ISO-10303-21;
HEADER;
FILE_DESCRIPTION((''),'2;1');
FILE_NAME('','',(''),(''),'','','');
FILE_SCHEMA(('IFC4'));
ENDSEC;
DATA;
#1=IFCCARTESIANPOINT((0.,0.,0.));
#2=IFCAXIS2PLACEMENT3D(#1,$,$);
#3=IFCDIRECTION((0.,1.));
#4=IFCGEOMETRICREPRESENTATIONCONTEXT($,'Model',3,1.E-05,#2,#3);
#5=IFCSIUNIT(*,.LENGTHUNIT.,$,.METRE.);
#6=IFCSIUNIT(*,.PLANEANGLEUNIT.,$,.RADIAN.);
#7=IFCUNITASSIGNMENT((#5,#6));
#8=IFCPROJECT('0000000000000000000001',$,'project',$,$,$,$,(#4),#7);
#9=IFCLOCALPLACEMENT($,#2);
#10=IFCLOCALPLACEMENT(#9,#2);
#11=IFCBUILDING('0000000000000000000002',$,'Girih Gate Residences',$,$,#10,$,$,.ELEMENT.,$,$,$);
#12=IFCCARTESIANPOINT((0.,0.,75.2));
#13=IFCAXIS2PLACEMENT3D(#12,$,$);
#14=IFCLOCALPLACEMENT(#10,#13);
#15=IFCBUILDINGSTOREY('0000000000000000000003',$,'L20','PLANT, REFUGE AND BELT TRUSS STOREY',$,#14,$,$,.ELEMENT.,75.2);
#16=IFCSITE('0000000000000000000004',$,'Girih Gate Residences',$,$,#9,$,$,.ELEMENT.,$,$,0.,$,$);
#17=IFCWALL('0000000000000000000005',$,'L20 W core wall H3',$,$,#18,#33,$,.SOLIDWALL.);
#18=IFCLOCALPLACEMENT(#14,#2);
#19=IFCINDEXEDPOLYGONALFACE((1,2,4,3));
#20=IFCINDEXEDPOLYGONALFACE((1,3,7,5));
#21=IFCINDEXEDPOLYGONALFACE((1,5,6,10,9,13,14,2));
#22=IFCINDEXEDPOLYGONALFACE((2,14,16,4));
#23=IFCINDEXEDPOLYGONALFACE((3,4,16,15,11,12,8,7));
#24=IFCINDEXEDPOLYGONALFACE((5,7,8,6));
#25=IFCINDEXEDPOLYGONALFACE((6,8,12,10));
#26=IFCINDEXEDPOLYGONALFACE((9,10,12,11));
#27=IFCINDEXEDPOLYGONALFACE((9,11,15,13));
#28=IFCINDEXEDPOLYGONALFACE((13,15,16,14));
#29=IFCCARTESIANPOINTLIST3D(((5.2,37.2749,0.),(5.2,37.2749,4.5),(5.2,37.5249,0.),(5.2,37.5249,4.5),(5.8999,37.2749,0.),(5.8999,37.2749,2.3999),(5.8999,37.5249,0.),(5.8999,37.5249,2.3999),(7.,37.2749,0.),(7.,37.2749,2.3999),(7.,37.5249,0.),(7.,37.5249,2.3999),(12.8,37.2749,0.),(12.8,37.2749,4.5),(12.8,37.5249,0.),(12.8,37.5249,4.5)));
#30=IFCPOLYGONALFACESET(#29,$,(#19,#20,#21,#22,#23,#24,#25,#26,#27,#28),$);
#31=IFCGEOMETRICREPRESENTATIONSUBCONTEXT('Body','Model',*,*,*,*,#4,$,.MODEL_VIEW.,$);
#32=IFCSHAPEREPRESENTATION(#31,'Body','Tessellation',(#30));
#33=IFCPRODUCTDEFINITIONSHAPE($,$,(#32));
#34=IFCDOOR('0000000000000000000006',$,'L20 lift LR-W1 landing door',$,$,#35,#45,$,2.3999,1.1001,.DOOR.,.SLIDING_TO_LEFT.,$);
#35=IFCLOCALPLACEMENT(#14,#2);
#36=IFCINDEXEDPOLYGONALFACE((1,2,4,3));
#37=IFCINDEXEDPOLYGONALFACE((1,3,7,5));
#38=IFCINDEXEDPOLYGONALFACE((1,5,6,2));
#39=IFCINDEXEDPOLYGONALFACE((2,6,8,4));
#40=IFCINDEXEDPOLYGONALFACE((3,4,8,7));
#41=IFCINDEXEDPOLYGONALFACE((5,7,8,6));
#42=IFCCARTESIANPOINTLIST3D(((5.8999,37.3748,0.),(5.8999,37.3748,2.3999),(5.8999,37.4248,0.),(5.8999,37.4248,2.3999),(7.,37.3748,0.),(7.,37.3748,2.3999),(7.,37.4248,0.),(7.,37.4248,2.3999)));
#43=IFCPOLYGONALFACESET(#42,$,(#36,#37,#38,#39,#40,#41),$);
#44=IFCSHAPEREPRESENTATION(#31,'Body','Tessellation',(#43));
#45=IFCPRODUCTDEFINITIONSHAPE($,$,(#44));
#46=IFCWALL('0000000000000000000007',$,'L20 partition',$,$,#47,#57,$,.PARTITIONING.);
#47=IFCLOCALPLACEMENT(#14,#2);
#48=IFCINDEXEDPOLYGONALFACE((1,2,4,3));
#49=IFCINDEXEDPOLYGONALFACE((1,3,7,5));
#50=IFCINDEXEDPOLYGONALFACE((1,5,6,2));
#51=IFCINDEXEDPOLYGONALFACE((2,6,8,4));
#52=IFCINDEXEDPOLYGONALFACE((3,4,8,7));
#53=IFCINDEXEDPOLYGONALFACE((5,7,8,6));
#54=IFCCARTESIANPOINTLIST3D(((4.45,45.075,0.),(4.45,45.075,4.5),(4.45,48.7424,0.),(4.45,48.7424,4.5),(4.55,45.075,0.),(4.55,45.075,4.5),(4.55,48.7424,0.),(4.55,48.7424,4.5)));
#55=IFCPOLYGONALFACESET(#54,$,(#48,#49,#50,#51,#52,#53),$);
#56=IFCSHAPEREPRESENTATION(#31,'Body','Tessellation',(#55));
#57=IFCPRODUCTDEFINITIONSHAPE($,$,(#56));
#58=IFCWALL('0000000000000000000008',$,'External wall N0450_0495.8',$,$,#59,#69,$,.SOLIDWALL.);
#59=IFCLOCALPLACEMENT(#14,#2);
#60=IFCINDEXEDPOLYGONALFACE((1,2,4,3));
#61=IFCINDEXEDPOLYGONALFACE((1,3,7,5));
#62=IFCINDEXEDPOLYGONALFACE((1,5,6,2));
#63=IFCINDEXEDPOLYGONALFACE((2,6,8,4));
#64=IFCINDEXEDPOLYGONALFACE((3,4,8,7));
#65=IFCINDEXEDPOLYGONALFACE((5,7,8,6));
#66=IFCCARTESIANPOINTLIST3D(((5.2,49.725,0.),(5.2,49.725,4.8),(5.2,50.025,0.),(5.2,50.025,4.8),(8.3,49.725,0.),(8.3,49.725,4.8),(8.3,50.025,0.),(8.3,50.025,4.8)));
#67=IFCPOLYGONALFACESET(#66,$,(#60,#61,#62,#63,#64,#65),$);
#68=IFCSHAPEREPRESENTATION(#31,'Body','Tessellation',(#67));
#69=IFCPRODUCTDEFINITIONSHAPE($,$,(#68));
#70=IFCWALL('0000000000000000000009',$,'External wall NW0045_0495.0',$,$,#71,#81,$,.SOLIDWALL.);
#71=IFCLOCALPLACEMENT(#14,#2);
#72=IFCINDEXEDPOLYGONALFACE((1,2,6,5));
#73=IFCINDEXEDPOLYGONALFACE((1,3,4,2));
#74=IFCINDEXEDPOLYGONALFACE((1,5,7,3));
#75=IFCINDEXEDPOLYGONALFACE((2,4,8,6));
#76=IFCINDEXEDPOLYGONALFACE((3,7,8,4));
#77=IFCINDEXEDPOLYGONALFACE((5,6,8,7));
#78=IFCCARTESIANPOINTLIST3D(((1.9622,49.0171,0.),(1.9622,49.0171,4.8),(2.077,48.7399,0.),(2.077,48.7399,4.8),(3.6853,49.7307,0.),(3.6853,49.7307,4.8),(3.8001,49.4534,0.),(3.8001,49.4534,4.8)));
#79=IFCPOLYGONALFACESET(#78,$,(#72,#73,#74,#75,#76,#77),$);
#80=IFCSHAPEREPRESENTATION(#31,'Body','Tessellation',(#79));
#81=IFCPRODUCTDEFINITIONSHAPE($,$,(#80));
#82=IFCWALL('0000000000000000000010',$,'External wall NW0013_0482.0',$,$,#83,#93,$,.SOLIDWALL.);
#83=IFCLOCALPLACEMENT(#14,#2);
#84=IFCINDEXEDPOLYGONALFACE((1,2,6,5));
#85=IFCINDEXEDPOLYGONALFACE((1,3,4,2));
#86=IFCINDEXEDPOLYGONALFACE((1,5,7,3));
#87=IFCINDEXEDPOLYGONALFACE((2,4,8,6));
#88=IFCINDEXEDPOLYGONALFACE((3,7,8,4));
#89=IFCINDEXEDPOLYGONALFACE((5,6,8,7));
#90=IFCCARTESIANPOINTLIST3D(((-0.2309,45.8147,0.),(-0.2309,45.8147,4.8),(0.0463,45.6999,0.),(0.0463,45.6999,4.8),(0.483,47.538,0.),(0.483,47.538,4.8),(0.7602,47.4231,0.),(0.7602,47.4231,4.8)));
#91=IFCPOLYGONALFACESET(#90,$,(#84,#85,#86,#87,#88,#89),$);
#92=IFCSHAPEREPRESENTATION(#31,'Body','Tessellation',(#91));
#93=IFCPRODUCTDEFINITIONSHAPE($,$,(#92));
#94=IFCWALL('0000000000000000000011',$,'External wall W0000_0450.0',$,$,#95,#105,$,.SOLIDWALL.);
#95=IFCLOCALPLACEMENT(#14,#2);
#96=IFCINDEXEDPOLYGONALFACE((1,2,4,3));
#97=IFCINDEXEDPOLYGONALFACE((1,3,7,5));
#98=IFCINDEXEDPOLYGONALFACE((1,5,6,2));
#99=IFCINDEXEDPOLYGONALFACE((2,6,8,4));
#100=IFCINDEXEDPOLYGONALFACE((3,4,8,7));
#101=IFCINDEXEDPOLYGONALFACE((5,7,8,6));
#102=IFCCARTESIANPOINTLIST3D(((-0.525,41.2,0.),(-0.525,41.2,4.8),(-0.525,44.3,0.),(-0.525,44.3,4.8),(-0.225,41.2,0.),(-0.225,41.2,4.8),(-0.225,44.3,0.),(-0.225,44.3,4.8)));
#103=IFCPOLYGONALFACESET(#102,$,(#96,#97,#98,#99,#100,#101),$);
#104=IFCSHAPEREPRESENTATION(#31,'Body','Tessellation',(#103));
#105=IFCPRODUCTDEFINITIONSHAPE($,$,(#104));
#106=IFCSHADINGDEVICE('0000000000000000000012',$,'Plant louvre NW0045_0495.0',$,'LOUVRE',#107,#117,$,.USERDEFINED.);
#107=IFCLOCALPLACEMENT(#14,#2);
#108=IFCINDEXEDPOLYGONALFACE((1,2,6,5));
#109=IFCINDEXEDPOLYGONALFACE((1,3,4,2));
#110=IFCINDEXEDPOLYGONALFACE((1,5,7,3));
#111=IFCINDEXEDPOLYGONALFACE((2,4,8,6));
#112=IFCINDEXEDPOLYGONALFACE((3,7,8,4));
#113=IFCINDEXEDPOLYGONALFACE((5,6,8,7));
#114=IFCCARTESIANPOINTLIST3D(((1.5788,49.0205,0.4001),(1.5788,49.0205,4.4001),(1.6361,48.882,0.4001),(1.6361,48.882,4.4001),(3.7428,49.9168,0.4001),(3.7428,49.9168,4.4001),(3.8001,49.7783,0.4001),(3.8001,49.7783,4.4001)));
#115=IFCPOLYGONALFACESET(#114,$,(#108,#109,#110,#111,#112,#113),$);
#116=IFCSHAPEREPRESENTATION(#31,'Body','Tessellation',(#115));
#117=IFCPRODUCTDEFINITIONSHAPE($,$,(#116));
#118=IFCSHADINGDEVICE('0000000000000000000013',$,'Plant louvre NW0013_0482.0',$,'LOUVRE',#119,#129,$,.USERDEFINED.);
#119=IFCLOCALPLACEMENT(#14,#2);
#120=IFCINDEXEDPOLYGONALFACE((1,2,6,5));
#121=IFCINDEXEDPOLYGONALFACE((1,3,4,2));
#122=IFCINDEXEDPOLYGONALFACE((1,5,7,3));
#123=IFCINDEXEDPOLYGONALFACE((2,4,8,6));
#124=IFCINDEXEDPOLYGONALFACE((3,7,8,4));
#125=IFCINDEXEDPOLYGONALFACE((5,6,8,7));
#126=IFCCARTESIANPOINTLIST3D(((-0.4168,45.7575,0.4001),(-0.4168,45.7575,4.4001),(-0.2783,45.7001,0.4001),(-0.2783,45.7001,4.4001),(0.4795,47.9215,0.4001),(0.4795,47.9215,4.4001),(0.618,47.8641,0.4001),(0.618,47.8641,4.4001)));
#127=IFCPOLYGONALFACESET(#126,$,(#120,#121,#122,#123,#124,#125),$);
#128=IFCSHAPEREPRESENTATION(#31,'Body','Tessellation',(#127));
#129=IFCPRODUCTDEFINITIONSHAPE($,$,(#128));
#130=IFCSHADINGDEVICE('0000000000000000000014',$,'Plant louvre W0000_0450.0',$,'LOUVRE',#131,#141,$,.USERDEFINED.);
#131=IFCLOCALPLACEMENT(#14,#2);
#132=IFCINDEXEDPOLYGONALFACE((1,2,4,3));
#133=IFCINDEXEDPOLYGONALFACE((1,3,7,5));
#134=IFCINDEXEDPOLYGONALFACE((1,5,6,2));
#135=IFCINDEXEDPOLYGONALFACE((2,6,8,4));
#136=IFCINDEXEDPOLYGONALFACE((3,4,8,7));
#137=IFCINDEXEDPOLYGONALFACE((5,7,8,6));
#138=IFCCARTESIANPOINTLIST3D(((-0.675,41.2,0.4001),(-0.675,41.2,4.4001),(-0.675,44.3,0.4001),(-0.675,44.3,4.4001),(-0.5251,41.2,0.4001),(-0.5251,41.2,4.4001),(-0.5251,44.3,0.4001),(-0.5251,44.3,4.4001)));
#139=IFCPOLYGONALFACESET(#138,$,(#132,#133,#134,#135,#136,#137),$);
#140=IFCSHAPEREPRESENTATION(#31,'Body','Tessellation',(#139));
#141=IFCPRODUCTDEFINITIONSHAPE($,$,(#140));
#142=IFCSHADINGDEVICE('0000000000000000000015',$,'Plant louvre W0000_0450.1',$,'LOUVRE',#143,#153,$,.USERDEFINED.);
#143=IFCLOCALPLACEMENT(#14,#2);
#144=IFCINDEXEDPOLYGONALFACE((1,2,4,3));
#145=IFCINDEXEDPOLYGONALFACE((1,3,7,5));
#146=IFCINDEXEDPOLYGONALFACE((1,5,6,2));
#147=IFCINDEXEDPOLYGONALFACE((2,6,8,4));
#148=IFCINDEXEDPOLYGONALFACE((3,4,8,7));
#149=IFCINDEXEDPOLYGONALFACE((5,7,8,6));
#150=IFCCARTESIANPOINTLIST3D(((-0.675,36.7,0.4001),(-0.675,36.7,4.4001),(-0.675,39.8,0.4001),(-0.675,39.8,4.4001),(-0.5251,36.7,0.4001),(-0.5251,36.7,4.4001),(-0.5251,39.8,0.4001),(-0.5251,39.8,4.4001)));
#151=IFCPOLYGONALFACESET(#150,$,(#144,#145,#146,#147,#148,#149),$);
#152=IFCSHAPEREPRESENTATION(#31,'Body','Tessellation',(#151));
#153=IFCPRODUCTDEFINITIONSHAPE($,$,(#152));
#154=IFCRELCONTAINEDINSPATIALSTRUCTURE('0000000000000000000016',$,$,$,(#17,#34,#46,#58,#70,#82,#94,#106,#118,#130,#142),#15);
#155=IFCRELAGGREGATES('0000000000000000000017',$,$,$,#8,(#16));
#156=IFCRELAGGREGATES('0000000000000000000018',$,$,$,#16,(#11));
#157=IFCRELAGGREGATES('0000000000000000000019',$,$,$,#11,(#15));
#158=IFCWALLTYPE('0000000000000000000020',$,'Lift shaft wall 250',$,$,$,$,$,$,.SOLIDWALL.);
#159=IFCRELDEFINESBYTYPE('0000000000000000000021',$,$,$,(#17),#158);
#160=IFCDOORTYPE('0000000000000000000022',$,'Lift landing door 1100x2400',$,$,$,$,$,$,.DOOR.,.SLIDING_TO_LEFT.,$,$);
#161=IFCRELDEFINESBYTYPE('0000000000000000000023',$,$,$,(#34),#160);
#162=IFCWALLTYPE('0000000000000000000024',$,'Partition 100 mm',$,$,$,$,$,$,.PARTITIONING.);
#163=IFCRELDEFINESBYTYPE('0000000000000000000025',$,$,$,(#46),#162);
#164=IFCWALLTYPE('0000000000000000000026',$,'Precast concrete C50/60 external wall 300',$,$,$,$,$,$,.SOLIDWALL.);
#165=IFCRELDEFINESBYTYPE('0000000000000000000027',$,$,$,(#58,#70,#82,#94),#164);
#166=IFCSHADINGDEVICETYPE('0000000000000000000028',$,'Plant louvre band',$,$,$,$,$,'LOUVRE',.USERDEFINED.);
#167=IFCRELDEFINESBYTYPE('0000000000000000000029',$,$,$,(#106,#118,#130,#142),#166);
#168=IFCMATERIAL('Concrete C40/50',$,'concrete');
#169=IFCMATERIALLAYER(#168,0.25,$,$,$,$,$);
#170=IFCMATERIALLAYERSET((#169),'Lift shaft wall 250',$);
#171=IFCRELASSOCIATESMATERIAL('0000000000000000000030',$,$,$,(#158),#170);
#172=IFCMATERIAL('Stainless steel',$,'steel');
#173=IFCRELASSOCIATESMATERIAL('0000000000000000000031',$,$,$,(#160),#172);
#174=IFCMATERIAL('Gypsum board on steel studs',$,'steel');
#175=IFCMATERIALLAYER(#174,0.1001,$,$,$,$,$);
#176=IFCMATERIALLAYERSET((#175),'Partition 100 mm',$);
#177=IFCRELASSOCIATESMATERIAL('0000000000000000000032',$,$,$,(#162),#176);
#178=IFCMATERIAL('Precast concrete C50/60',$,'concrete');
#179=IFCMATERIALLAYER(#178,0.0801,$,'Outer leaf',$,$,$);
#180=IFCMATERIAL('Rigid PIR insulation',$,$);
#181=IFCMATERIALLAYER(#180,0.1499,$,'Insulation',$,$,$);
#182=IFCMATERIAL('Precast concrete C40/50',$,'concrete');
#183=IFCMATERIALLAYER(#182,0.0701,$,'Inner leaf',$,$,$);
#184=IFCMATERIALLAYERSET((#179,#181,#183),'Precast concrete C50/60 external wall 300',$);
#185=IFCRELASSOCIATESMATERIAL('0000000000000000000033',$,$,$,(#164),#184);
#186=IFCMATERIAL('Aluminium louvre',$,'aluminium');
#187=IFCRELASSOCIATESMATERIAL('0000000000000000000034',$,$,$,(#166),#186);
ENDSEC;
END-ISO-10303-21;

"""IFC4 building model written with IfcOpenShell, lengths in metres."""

from ifc_helpers import new_model, si_unit, direction, frame, frame_2d, origin, origin_2d, place, context, subcontext, project, spatial, rectangle, extrude, material, layer, layer_set, type_object, element, fill, save


model = new_model("IFC4")

# Units and contexts
model_context = context("Model", 3, precision=1e-05, world=origin(), true_north=direction((0.0, 1.0)))
body_context = subcontext(model_context, "Body", "Model", "MODEL_VIEW")
ifc_project = project(units=[si_unit("LENGTHUNIT", "METRE"), si_unit("PLANEANGLEUNIT", "RADIAN")], contexts=[model_context])

# Site, building, storey
site_placement = place(None, origin())
site = spatial("IfcSite", under=ifc_project, at=site_placement, Name="Girih Gate Residences", CompositionType="ELEMENT", RefElevation=0.0)
building_placement = place(site_placement, origin())
building = spatial("IfcBuilding", under=site, at=building_placement, Name="Girih Gate Residences", CompositionType="ELEMENT")
storey_placement = place(building_placement, frame((0.0, 0.0, 75.2)))
storey = spatial("IfcBuildingStorey", under=building, at=storey_placement, Name="L20", Description="PLANT, REFUGE AND BELT TRUSS STOREY", CompositionType="ELEMENT", Elevation=75.2)

# Shared definitions
ifc_material_1 = material(Name="Gypsum board on steel studs", Category="steel")

# Wall, opening, door
ifc_material_2 = material(Name="Concrete C40/50", Category="concrete")
ifc_layer_1 = layer(ifc_material_2, 0.25)
ifc_layer_set_1 = layer_set([ifc_layer_1], Name="Lift shaft wall 250")
wall_type_1 = type_object("IfcWallType", Name="Lift shaft wall 250", PredefinedType="SOLIDWALL", material=ifc_layer_set_1)
wall_1_placement = place(storey_placement, frame((5.2, 37.3999, 0.0), z_axis=(0.0, 0.0, 1.0), x_axis=(1.0, 0.0, 0.0)))
wall_1 = element("IfcWall", 1, at=wall_1_placement, inside=storey, type_object=wall_type_1, Name="L20 W core wall H3", PredefinedType="SOLIDWALL", context=body_context, shape_type="SweptSolid", body=[
    extrude(rectangle(XDim=7.6001, YDim=0.25, at=frame_2d((3.8, 0.0))), origin(), (0.0, 0.0, 1.0), 4.5),
])
opening_1_placement = place(wall_1_placement, frame((0.7, 0.0, 0.0)))
opening_1 = element("IfcOpeningElement", 2, at=opening_1_placement, cuts=wall_1, PredefinedType="OPENING", context=body_context, shape_type="SweptSolid", body=[
    extrude(rectangle(XDim=1.1001, YDim=2.3999, at=frame_2d((0.55, 1.2))), frame((0.0, 0.135, 0.0), z_axis=(0.0, -1.0, 0.0), x_axis=(1.0, 0.0, 0.0)), (0.0, 0.0, 1.0), 0.27),
])
ifc_material_3 = material(Name="Stainless steel", Category="steel")
door_type_1 = type_object("IfcDoorType", Name="Lift landing door 1100x2400", OperationType="SLIDING_TO_LEFT", PredefinedType="DOOR", material=ifc_material_3)
door_1_placement = place(opening_1_placement, origin())
door_1 = element("IfcDoor", 3, at=door_1_placement, inside=storey, type_object=door_type_1, Name="L20 lift LR-W1 landing door", OperationType="SLIDING_TO_LEFT", OverallHeight=2.3999, OverallWidth=1.1001, PredefinedType="DOOR", context=body_context, shape_type="SweptSolid", body=[
    extrude(rectangle(XDim=1.1001, YDim=2.3999, at=frame_2d((0.55, 1.2))), frame((0.0, 0.0249, 0.0), z_axis=(0.0, -1.0, 0.0), x_axis=(1.0, 0.0, 0.0)), (0.0, 0.0, 1.0), 0.05),
])
fill(opening_1, door_1)

# Walls
ifc_layer_2 = layer(ifc_material_1, 0.1001)
ifc_layer_set_2 = layer_set([ifc_layer_2], Name="Partition 100 mm")
wall_type_2 = type_object("IfcWallType", Name="Partition 100 mm", PredefinedType="PARTITIONING", material=ifc_layer_set_2)
wall_2_placement = place(storey_placement, frame((4.5, 45.075, 0.0), z_axis=(0.0, 0.0, 1.0), x_axis=(0.0, 1.0, 0.0)))
element("IfcWall", 4, at=wall_2_placement, inside=storey, type_object=wall_type_2, Name="L20 partition", PredefinedType="PARTITIONING", context=body_context, shape_type="SweptSolid", body=[
    extrude(rectangle(XDim=3.6675, YDim=0.1001, at=frame_2d((1.8337, 0.0))), origin(), (0.0, 0.0, 1.0), 4.5),
])
ifc_material_4 = material(Name="Precast concrete C50/60", Category="concrete")
ifc_layer_3 = layer(ifc_material_4, 0.0801, Name="Outer leaf")
ifc_material_5 = material(Name="Rigid PIR insulation")
ifc_layer_4 = layer(ifc_material_5, 0.1499, Name="Insulation")
ifc_material_6 = material(Name="Precast concrete C40/50", Category="concrete")
ifc_layer_5 = layer(ifc_material_6, 0.0701, Name="Inner leaf")
ifc_layer_set_3 = layer_set([ifc_layer_3, ifc_layer_4, ifc_layer_5], Name="Precast concrete C50/60 external wall 300")
wall_type_3 = type_object("IfcWallType", Name="Precast concrete C50/60 external wall 300", PredefinedType="SOLIDWALL", material=ifc_layer_set_3)
wall_3_placement = place(storey_placement, frame((5.2, 49.875, 0.0), z_axis=(0.0, 0.0, 1.0), x_axis=(1.0, 0.0, 0.0)))
element("IfcWall", 5, at=wall_3_placement, inside=storey, type_object=wall_type_3, Name="External wall N0450_0495.8", PredefinedType="SOLIDWALL", context=body_context, shape_type="SweptSolid", body=[
    extrude(rectangle(XDim=3.1001, YDim=0.3, at=frame_2d((1.55, 0.0))), origin(), (0.0, 0.0, 1.0), 4.8),
])
wall_4_placement = place(storey_placement, frame((2.0195, 48.8784, 0.0), z_axis=(0.0, 0.0, 1.0), x_axis=(0.923904, 0.382625, 0.0)))
element("IfcWall", 6, at=wall_4_placement, inside=storey, type_object=wall_type_3, Name="External wall NW0045_0495.0", PredefinedType="SOLIDWALL", context=body_context, shape_type="SweptSolid", body=[
    extrude(rectangle(XDim=1.865, YDim=0.3, at=frame_2d((0.9326, 0.0))), origin(), (0.0, 0.0, 1.0), 4.8),
])
wall_5_placement = place(storey_placement, frame((-0.0923, 45.7573, 0.0), z_axis=(0.0, 0.0, 1.0), x_axis=(0.382737, 0.923857, 0.0)))
element("IfcWall", 7, at=wall_5_placement, inside=storey, type_object=wall_type_3, Name="External wall NW0013_0482.0", PredefinedType="SOLIDWALL", context=body_context, shape_type="SweptSolid", body=[
    extrude(rectangle(XDim=1.8652, YDim=0.3, at=frame_2d((0.9326, 0.0))), origin(), (0.0, 0.0, 1.0), 4.8),
])
wall_6_placement = place(storey_placement, frame((-0.375, 41.2, 0.0), z_axis=(0.0, 0.0, 1.0), x_axis=(0.0, 1.0, 0.0)))
element("IfcWall", 8, at=wall_6_placement, inside=storey, type_object=wall_type_3, Name="External wall W0000_0450.0", PredefinedType="SOLIDWALL", context=body_context, shape_type="SweptSolid", body=[
    extrude(rectangle(XDim=3.1001, YDim=0.3, at=frame_2d((1.55, 0.0))), origin(), (0.0, 0.0, 1.0), 4.8),
])

# Shading devices
ifc_material_7 = material(Name="Aluminium louvre", Category="aluminium")
shading_device_type = type_object("IfcShadingDeviceType", Name="Plant louvre band", ElementType="LOUVRE", PredefinedType="USERDEFINED", material=ifc_material_7)
for number, where, z_axis, x_axis, name in (
    (9, (2.6895, 49.3994, 0.4001), (0.0, 0.0, 1.0), (-0.92388, -0.382683, 0.0), "Plant louvre NW0045_0495.0"),
    (10, (0.1006, 46.8108, 0.4001), (0.0, 0.0, 1.0), (-0.382683, -0.92388, 0.0), "Plant louvre NW0013_0482.0"),
):
    element("IfcShadingDevice", number, at=place(storey_placement, frame(where, z_axis=z_axis, x_axis=x_axis)), inside=storey, type_object=shading_device_type, Name=name, ObjectType="LOUVRE", PredefinedType="USERDEFINED", context=body_context, shape_type="SweptSolid", body=[
        extrude(rectangle(XDim=2.3423, YDim=0.1499, at=origin_2d()), origin(), (0.0, 0.0, 1.0), 4.0),
    ])
for number, where, z_axis, x_axis, name in (
    (11, (-0.6001, 42.75, 0.4001), (0.0, 0.0, 1.0), (0.0, -1.0, 0.0), "Plant louvre W0000_0450.0"),
    (12, (-0.6001, 38.25, 0.4001), (0.0, 0.0, 1.0), (0.0, -1.0, 0.0), "Plant louvre W0000_0450.1"),
):
    element("IfcShadingDevice", number, at=place(storey_placement, frame(where, z_axis=z_axis, x_axis=x_axis)), inside=storey, type_object=shading_device_type, Name=name, ObjectType="LOUVRE", PredefinedType="USERDEFINED", context=body_context, shape_type="SweptSolid", body=[
        extrude(rectangle(XDim=3.1001, YDim=0.1499, at=origin_2d()), origin(), (0.0, 0.0, 1.0), 4.0),
    ])

save(model, "model.ifc")
